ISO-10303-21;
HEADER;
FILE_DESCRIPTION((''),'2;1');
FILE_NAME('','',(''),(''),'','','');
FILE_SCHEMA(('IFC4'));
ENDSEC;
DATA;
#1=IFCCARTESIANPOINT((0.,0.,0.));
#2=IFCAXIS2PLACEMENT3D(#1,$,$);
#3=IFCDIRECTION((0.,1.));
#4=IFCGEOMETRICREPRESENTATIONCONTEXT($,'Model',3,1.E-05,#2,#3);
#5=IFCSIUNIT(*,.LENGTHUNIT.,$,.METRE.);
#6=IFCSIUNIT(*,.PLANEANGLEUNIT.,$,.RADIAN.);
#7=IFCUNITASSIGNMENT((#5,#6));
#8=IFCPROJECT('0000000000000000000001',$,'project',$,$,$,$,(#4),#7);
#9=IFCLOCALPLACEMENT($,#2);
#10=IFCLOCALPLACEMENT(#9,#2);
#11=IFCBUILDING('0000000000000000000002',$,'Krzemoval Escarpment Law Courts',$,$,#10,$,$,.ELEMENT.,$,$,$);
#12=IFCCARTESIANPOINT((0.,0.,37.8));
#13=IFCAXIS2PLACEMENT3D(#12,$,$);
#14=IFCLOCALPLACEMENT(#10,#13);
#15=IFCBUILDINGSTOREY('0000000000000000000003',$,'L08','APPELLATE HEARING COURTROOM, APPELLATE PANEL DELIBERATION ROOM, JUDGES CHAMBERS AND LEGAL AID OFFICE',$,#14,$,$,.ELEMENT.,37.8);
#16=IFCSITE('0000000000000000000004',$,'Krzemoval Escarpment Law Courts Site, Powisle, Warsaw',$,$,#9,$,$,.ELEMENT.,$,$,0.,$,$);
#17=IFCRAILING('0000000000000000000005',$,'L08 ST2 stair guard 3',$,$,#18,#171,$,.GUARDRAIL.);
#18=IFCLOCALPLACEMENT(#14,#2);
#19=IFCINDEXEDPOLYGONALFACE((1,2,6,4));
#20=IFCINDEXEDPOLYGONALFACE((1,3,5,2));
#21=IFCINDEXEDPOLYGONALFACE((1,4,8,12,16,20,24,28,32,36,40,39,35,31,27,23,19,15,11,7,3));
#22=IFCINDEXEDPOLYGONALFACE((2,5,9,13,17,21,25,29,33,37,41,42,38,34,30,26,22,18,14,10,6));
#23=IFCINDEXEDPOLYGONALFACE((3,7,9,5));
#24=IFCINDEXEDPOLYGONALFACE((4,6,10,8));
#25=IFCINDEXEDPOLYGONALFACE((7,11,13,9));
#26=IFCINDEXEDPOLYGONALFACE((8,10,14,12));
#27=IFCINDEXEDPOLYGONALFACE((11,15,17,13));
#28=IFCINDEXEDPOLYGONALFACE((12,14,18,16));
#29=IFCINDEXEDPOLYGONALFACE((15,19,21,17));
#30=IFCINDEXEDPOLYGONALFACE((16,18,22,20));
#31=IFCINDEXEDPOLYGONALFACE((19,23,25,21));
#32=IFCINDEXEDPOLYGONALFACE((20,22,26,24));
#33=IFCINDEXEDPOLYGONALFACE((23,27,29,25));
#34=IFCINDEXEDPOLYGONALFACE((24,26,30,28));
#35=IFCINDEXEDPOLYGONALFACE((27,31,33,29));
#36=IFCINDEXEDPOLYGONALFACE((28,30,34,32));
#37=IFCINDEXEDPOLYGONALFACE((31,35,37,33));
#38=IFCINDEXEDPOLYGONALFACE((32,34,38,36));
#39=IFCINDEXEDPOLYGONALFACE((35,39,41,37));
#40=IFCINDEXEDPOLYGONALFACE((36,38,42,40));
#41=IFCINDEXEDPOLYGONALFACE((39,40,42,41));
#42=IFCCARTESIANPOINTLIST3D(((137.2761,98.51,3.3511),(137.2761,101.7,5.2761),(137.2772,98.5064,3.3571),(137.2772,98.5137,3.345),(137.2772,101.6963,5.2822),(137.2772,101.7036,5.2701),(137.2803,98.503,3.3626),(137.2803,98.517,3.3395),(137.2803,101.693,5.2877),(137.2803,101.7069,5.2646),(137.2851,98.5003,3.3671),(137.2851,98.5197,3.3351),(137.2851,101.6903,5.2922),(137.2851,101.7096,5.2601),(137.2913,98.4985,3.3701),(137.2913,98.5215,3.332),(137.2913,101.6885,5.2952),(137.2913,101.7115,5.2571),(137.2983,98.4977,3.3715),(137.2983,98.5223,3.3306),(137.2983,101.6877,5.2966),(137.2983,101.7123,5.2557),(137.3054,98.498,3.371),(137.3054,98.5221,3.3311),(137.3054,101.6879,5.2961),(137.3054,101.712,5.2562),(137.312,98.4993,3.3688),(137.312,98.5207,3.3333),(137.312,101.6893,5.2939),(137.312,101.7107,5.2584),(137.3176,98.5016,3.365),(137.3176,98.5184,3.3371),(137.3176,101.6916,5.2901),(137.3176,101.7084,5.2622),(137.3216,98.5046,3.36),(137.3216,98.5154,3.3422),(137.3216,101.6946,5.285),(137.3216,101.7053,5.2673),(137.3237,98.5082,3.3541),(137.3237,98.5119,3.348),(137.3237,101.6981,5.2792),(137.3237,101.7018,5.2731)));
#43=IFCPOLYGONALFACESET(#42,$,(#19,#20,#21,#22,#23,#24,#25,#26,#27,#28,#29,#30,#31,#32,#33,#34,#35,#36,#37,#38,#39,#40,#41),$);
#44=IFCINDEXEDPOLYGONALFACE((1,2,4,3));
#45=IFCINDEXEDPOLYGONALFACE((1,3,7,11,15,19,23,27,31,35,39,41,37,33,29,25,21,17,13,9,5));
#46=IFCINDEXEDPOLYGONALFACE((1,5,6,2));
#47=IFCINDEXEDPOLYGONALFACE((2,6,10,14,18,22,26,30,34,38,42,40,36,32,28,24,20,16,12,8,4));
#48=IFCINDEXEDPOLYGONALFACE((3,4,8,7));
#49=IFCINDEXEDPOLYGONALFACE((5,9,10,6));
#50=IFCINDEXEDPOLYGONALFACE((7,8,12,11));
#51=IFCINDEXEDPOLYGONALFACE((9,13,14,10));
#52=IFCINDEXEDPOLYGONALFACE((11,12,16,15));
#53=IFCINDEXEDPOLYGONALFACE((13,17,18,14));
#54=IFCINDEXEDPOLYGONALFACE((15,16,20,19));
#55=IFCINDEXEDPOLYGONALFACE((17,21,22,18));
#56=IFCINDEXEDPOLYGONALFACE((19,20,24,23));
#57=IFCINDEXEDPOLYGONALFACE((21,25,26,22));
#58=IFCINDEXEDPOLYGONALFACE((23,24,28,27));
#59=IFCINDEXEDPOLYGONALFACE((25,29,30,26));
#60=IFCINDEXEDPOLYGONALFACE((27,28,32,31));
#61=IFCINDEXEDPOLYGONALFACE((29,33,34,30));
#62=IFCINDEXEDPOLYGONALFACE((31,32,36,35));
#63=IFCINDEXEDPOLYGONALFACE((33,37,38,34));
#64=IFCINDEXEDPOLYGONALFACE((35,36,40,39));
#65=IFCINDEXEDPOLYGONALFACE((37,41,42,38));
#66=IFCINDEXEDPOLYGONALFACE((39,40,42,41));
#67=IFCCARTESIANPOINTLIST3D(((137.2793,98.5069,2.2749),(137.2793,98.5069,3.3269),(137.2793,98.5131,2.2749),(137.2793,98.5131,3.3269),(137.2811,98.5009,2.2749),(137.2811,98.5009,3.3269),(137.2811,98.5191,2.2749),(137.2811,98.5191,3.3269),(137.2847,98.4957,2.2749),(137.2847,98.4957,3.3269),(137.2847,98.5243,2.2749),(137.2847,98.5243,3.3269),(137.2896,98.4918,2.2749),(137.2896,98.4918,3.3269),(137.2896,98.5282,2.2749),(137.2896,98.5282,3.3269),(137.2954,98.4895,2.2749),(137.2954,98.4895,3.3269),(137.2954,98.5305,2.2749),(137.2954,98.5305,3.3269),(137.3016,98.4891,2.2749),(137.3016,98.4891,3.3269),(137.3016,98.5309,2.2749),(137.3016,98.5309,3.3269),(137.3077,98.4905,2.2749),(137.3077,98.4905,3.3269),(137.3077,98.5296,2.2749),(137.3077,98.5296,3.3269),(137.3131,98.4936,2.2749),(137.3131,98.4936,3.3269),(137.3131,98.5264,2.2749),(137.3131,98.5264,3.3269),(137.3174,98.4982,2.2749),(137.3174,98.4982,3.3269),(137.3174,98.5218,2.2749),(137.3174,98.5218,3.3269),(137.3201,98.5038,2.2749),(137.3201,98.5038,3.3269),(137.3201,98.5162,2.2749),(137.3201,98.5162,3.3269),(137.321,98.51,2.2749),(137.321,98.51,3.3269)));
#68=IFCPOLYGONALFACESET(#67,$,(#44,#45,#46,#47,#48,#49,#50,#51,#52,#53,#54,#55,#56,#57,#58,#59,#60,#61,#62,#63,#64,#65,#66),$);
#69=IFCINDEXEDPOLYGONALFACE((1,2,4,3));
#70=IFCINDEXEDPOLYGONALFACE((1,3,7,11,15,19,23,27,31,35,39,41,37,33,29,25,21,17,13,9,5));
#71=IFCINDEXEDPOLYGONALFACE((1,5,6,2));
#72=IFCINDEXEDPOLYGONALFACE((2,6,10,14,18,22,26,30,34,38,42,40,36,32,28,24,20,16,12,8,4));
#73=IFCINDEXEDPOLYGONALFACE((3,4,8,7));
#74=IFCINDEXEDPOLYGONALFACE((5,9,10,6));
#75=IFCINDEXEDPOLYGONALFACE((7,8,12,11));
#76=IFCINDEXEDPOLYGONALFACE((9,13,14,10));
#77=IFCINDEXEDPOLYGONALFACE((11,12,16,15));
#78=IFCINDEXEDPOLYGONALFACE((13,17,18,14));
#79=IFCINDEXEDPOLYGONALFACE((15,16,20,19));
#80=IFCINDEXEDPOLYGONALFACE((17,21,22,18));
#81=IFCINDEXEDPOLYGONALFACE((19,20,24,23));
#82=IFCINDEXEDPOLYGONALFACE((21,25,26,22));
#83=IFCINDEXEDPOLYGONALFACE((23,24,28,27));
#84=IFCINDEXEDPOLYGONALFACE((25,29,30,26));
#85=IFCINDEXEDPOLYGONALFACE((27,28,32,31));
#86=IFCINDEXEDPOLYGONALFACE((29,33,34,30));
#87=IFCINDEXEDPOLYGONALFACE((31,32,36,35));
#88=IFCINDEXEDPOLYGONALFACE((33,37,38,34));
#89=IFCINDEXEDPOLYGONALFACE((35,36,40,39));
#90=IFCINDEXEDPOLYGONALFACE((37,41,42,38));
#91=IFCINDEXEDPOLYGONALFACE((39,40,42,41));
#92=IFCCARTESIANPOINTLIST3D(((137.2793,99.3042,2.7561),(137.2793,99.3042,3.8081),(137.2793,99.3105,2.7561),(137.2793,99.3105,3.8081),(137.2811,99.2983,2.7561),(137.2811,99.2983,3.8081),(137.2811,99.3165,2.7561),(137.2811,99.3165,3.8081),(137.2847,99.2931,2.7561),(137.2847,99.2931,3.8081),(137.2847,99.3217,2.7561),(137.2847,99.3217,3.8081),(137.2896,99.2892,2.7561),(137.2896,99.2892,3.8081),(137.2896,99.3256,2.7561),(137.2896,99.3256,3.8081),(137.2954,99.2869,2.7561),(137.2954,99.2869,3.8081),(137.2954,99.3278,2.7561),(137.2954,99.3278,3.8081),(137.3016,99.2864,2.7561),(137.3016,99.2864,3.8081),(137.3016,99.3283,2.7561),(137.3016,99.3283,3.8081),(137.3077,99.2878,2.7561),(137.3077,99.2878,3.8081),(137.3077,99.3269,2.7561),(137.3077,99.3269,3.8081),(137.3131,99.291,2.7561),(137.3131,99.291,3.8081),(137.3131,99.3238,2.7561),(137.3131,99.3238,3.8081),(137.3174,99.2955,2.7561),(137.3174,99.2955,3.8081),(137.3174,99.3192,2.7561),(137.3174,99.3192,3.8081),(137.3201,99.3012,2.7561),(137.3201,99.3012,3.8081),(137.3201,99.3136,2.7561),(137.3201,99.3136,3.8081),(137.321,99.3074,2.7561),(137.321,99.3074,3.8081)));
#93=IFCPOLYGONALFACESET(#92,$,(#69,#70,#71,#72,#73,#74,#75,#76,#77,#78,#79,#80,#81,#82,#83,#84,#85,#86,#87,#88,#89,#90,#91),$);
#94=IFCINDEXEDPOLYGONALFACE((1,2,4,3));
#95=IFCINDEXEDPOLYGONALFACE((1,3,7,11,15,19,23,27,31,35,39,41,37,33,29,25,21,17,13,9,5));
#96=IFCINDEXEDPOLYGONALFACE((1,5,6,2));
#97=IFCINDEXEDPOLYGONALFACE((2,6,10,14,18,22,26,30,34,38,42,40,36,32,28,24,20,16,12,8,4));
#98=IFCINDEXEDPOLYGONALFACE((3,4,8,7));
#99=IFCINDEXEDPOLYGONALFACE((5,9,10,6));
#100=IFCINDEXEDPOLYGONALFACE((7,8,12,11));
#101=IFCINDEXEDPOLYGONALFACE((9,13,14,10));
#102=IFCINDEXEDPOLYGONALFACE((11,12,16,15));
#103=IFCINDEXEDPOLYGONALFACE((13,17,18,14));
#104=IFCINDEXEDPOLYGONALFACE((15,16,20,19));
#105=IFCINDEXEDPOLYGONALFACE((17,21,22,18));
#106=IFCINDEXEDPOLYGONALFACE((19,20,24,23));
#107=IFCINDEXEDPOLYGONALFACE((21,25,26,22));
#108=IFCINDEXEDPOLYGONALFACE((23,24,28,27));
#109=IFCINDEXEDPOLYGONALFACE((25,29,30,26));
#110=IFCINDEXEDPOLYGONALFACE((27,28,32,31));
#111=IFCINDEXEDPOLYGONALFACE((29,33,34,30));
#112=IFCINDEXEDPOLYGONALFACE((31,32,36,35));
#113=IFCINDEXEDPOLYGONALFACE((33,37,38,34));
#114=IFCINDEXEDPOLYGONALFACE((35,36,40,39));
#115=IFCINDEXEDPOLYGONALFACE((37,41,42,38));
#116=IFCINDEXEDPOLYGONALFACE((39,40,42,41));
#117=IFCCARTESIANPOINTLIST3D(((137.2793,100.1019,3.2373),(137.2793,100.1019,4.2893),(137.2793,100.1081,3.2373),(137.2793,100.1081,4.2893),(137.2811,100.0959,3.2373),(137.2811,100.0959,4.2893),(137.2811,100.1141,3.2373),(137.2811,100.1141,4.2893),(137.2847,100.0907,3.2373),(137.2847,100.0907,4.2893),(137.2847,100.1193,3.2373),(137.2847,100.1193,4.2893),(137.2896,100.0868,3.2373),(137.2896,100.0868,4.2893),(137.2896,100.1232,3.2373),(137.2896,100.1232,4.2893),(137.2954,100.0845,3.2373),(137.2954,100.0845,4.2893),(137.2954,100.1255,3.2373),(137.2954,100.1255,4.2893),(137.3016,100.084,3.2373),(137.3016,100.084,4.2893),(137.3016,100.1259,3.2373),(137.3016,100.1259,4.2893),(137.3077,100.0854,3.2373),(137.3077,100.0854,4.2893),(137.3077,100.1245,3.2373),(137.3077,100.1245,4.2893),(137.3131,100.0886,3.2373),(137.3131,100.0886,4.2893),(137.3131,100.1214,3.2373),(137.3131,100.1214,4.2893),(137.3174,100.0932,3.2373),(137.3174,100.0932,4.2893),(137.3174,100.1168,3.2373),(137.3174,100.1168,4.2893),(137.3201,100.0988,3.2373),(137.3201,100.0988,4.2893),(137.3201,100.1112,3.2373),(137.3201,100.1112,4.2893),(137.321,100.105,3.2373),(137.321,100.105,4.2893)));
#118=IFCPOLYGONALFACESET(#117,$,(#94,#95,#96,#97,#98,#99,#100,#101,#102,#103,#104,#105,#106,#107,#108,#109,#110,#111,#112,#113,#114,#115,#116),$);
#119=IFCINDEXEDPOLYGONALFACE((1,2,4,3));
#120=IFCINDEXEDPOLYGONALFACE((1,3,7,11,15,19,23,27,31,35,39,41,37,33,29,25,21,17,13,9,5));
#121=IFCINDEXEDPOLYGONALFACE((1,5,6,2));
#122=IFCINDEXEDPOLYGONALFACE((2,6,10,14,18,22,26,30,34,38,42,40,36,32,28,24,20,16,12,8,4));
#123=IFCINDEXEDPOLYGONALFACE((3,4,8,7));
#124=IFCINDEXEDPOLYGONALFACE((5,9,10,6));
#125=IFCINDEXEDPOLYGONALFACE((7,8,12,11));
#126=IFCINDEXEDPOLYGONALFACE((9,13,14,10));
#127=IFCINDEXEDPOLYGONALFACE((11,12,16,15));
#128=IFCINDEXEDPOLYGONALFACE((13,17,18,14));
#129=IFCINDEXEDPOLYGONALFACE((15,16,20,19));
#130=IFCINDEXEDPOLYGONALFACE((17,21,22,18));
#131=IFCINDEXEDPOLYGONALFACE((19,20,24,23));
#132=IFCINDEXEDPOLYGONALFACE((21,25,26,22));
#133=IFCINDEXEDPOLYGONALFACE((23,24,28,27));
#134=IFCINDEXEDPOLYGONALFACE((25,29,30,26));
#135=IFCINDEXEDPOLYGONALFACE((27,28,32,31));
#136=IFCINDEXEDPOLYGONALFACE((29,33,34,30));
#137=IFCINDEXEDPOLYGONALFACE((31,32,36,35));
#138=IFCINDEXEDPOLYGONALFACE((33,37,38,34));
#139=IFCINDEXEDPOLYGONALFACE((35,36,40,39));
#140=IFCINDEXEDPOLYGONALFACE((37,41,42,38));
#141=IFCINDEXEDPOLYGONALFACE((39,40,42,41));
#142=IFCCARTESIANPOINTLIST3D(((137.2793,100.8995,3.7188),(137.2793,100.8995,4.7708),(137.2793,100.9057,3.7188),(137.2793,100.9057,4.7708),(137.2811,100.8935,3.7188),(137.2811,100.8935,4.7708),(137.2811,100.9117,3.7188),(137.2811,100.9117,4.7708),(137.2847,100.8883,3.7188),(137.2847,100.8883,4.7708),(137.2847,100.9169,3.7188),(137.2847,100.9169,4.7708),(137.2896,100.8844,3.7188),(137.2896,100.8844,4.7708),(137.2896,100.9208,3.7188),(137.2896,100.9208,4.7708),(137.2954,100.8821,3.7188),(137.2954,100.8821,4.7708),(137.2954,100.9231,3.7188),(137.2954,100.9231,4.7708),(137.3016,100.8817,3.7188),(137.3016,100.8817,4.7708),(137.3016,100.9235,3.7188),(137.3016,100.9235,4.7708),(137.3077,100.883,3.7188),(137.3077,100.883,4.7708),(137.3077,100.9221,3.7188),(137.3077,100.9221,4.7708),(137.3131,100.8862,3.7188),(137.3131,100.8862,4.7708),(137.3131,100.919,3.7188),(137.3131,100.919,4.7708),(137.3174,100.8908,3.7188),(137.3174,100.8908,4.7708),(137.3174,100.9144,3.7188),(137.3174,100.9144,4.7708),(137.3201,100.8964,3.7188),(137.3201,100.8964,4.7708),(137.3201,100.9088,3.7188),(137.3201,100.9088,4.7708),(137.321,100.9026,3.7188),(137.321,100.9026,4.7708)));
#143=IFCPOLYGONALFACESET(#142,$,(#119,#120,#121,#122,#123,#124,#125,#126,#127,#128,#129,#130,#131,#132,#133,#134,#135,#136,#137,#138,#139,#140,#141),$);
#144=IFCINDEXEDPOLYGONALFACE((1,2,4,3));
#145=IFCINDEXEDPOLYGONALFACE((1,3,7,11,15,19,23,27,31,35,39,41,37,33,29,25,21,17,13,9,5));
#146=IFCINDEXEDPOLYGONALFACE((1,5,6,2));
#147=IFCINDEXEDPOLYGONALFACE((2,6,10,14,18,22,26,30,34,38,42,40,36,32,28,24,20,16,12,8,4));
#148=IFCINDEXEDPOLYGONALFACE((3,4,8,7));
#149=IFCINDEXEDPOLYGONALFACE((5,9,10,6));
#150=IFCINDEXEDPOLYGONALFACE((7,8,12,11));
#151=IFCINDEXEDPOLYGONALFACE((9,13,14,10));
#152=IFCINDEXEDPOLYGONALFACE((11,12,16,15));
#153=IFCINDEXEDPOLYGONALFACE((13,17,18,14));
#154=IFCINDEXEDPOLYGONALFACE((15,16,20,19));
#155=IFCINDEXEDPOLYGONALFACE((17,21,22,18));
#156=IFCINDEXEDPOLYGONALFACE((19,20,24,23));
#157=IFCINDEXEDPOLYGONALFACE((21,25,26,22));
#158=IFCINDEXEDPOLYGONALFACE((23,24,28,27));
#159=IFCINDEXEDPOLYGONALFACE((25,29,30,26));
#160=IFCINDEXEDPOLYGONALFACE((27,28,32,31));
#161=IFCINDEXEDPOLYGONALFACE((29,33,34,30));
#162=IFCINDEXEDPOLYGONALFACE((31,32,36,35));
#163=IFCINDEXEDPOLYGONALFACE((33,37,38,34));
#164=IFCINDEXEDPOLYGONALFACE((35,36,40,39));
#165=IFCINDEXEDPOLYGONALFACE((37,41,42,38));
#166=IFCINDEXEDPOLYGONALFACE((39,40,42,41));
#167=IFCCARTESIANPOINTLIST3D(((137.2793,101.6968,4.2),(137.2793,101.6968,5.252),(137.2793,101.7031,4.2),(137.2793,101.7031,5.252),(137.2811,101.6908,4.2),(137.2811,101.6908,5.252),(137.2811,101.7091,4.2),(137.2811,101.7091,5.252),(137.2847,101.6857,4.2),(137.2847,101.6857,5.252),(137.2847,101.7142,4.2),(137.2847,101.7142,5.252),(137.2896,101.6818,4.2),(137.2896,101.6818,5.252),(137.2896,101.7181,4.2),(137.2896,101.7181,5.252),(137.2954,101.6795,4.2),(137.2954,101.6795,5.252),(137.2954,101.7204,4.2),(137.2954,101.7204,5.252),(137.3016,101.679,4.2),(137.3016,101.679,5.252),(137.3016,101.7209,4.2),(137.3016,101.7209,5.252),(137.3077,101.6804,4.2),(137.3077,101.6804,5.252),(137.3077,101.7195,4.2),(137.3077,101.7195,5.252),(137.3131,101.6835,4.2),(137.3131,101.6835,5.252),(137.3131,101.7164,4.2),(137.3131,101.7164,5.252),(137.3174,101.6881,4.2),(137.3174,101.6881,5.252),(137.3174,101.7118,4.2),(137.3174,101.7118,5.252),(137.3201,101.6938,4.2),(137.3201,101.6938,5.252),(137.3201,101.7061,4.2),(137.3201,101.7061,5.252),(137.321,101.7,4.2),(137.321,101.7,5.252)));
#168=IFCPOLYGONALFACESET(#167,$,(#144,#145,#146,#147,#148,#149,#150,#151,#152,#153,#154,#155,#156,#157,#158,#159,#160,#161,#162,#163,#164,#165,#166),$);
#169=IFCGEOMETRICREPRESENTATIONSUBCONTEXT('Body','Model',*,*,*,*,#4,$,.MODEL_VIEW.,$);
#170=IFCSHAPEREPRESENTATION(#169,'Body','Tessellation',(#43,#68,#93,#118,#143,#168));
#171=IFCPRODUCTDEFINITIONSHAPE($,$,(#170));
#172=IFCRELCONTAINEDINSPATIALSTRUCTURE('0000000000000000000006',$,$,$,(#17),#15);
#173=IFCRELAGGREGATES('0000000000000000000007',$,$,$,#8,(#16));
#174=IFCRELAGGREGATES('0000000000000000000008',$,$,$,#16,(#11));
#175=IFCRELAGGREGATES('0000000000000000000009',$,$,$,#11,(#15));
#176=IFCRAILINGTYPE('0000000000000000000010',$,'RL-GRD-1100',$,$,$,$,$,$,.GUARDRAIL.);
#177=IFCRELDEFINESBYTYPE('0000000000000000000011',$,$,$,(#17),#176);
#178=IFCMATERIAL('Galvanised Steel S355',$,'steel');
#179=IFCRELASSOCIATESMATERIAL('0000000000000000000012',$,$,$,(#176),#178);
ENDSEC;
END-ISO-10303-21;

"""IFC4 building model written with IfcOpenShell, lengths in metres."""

from ifc_helpers import new_model, si_unit, direction, frame, origin, origin_2d, place, context, subcontext, project, spatial, circle, extrude, material, type_object, element, save


model = new_model("IFC4")

# Units and contexts
model_context = context("Model", 3, precision=1e-05, world=origin(), true_north=direction((0.0, 1.0)))
body_context = subcontext(model_context, "Body", "Model", "MODEL_VIEW")
ifc_project = project(units=[si_unit("LENGTHUNIT", "METRE"), si_unit("PLANEANGLEUNIT", "RADIAN")], contexts=[model_context])

# Site, building, storey
site_placement = place(None, origin())
site = spatial("IfcSite", under=ifc_project, at=site_placement, Name="Krzemoval Escarpment Law Courts Site, Powisle, Warsaw", CompositionType="ELEMENT", RefElevation=0.0)
building_placement = place(site_placement, origin())
building = spatial("IfcBuilding", under=site, at=building_placement, Name="Krzemoval Escarpment Law Courts", CompositionType="ELEMENT")
storey_placement = place(building_placement, frame((0.0, 0.0, 37.8)))
storey = spatial("IfcBuildingStorey", under=building, at=storey_placement, Name="L08", Description="APPELLATE HEARING COURTROOM, APPELLATE PANEL DELIBERATION ROOM, JUDGES CHAMBERS AND LEGAL AID OFFICE", CompositionType="ELEMENT", Elevation=37.8)

# Railing
ifc_material_1 = material(Name="Galvanised Steel S355", Category="steel")
railing_type = type_object("IfcRailingType", Name="RL-GRD-1100", PredefinedType="GUARDRAIL", material=ifc_material_1)
railing_1_placement = place(storey_placement, frame((137.3, 98.51, 2.2749)))
element("IfcRailing", 1, at=railing_1_placement, inside=storey, type_object=railing_type, Name="L08 ST2 stair guard 3", PredefinedType="GUARDRAIL", context=body_context, shape_type="SweptSolid", body=[
    extrude(circle(Radius=0.0239, at=origin_2d()), frame((0.0, 0.0, 1.0762), z_axis=(0.0, 0.856178, 0.516682), x_axis=(-1.0, 0.0, 0.0)), (0.0, 0.0, 1.0), 3.7258),
    extrude(circle(Radius=0.021, at=origin_2d()), origin(), (0.0, 0.0, 1.0), 1.052),
    extrude(circle(Radius=0.021, at=origin_2d()), frame((0.0, 0.7974, 0.4812)), (0.0, 0.0, 1.0), 1.052),
    extrude(circle(Radius=0.021, at=origin_2d()), frame((0.0, 1.595, 0.9624)), (0.0, 0.0, 1.0), 1.052),
    extrude(circle(Radius=0.021, at=origin_2d()), frame((0.0, 2.3926, 1.4438)), (0.0, 0.0, 1.0), 1.052),
    extrude(circle(Radius=0.021, at=origin_2d()), frame((0.0, 3.1899, 1.925)), (0.0, 0.0, 1.0), 1.052),
])

save(model, "model.ifc")
